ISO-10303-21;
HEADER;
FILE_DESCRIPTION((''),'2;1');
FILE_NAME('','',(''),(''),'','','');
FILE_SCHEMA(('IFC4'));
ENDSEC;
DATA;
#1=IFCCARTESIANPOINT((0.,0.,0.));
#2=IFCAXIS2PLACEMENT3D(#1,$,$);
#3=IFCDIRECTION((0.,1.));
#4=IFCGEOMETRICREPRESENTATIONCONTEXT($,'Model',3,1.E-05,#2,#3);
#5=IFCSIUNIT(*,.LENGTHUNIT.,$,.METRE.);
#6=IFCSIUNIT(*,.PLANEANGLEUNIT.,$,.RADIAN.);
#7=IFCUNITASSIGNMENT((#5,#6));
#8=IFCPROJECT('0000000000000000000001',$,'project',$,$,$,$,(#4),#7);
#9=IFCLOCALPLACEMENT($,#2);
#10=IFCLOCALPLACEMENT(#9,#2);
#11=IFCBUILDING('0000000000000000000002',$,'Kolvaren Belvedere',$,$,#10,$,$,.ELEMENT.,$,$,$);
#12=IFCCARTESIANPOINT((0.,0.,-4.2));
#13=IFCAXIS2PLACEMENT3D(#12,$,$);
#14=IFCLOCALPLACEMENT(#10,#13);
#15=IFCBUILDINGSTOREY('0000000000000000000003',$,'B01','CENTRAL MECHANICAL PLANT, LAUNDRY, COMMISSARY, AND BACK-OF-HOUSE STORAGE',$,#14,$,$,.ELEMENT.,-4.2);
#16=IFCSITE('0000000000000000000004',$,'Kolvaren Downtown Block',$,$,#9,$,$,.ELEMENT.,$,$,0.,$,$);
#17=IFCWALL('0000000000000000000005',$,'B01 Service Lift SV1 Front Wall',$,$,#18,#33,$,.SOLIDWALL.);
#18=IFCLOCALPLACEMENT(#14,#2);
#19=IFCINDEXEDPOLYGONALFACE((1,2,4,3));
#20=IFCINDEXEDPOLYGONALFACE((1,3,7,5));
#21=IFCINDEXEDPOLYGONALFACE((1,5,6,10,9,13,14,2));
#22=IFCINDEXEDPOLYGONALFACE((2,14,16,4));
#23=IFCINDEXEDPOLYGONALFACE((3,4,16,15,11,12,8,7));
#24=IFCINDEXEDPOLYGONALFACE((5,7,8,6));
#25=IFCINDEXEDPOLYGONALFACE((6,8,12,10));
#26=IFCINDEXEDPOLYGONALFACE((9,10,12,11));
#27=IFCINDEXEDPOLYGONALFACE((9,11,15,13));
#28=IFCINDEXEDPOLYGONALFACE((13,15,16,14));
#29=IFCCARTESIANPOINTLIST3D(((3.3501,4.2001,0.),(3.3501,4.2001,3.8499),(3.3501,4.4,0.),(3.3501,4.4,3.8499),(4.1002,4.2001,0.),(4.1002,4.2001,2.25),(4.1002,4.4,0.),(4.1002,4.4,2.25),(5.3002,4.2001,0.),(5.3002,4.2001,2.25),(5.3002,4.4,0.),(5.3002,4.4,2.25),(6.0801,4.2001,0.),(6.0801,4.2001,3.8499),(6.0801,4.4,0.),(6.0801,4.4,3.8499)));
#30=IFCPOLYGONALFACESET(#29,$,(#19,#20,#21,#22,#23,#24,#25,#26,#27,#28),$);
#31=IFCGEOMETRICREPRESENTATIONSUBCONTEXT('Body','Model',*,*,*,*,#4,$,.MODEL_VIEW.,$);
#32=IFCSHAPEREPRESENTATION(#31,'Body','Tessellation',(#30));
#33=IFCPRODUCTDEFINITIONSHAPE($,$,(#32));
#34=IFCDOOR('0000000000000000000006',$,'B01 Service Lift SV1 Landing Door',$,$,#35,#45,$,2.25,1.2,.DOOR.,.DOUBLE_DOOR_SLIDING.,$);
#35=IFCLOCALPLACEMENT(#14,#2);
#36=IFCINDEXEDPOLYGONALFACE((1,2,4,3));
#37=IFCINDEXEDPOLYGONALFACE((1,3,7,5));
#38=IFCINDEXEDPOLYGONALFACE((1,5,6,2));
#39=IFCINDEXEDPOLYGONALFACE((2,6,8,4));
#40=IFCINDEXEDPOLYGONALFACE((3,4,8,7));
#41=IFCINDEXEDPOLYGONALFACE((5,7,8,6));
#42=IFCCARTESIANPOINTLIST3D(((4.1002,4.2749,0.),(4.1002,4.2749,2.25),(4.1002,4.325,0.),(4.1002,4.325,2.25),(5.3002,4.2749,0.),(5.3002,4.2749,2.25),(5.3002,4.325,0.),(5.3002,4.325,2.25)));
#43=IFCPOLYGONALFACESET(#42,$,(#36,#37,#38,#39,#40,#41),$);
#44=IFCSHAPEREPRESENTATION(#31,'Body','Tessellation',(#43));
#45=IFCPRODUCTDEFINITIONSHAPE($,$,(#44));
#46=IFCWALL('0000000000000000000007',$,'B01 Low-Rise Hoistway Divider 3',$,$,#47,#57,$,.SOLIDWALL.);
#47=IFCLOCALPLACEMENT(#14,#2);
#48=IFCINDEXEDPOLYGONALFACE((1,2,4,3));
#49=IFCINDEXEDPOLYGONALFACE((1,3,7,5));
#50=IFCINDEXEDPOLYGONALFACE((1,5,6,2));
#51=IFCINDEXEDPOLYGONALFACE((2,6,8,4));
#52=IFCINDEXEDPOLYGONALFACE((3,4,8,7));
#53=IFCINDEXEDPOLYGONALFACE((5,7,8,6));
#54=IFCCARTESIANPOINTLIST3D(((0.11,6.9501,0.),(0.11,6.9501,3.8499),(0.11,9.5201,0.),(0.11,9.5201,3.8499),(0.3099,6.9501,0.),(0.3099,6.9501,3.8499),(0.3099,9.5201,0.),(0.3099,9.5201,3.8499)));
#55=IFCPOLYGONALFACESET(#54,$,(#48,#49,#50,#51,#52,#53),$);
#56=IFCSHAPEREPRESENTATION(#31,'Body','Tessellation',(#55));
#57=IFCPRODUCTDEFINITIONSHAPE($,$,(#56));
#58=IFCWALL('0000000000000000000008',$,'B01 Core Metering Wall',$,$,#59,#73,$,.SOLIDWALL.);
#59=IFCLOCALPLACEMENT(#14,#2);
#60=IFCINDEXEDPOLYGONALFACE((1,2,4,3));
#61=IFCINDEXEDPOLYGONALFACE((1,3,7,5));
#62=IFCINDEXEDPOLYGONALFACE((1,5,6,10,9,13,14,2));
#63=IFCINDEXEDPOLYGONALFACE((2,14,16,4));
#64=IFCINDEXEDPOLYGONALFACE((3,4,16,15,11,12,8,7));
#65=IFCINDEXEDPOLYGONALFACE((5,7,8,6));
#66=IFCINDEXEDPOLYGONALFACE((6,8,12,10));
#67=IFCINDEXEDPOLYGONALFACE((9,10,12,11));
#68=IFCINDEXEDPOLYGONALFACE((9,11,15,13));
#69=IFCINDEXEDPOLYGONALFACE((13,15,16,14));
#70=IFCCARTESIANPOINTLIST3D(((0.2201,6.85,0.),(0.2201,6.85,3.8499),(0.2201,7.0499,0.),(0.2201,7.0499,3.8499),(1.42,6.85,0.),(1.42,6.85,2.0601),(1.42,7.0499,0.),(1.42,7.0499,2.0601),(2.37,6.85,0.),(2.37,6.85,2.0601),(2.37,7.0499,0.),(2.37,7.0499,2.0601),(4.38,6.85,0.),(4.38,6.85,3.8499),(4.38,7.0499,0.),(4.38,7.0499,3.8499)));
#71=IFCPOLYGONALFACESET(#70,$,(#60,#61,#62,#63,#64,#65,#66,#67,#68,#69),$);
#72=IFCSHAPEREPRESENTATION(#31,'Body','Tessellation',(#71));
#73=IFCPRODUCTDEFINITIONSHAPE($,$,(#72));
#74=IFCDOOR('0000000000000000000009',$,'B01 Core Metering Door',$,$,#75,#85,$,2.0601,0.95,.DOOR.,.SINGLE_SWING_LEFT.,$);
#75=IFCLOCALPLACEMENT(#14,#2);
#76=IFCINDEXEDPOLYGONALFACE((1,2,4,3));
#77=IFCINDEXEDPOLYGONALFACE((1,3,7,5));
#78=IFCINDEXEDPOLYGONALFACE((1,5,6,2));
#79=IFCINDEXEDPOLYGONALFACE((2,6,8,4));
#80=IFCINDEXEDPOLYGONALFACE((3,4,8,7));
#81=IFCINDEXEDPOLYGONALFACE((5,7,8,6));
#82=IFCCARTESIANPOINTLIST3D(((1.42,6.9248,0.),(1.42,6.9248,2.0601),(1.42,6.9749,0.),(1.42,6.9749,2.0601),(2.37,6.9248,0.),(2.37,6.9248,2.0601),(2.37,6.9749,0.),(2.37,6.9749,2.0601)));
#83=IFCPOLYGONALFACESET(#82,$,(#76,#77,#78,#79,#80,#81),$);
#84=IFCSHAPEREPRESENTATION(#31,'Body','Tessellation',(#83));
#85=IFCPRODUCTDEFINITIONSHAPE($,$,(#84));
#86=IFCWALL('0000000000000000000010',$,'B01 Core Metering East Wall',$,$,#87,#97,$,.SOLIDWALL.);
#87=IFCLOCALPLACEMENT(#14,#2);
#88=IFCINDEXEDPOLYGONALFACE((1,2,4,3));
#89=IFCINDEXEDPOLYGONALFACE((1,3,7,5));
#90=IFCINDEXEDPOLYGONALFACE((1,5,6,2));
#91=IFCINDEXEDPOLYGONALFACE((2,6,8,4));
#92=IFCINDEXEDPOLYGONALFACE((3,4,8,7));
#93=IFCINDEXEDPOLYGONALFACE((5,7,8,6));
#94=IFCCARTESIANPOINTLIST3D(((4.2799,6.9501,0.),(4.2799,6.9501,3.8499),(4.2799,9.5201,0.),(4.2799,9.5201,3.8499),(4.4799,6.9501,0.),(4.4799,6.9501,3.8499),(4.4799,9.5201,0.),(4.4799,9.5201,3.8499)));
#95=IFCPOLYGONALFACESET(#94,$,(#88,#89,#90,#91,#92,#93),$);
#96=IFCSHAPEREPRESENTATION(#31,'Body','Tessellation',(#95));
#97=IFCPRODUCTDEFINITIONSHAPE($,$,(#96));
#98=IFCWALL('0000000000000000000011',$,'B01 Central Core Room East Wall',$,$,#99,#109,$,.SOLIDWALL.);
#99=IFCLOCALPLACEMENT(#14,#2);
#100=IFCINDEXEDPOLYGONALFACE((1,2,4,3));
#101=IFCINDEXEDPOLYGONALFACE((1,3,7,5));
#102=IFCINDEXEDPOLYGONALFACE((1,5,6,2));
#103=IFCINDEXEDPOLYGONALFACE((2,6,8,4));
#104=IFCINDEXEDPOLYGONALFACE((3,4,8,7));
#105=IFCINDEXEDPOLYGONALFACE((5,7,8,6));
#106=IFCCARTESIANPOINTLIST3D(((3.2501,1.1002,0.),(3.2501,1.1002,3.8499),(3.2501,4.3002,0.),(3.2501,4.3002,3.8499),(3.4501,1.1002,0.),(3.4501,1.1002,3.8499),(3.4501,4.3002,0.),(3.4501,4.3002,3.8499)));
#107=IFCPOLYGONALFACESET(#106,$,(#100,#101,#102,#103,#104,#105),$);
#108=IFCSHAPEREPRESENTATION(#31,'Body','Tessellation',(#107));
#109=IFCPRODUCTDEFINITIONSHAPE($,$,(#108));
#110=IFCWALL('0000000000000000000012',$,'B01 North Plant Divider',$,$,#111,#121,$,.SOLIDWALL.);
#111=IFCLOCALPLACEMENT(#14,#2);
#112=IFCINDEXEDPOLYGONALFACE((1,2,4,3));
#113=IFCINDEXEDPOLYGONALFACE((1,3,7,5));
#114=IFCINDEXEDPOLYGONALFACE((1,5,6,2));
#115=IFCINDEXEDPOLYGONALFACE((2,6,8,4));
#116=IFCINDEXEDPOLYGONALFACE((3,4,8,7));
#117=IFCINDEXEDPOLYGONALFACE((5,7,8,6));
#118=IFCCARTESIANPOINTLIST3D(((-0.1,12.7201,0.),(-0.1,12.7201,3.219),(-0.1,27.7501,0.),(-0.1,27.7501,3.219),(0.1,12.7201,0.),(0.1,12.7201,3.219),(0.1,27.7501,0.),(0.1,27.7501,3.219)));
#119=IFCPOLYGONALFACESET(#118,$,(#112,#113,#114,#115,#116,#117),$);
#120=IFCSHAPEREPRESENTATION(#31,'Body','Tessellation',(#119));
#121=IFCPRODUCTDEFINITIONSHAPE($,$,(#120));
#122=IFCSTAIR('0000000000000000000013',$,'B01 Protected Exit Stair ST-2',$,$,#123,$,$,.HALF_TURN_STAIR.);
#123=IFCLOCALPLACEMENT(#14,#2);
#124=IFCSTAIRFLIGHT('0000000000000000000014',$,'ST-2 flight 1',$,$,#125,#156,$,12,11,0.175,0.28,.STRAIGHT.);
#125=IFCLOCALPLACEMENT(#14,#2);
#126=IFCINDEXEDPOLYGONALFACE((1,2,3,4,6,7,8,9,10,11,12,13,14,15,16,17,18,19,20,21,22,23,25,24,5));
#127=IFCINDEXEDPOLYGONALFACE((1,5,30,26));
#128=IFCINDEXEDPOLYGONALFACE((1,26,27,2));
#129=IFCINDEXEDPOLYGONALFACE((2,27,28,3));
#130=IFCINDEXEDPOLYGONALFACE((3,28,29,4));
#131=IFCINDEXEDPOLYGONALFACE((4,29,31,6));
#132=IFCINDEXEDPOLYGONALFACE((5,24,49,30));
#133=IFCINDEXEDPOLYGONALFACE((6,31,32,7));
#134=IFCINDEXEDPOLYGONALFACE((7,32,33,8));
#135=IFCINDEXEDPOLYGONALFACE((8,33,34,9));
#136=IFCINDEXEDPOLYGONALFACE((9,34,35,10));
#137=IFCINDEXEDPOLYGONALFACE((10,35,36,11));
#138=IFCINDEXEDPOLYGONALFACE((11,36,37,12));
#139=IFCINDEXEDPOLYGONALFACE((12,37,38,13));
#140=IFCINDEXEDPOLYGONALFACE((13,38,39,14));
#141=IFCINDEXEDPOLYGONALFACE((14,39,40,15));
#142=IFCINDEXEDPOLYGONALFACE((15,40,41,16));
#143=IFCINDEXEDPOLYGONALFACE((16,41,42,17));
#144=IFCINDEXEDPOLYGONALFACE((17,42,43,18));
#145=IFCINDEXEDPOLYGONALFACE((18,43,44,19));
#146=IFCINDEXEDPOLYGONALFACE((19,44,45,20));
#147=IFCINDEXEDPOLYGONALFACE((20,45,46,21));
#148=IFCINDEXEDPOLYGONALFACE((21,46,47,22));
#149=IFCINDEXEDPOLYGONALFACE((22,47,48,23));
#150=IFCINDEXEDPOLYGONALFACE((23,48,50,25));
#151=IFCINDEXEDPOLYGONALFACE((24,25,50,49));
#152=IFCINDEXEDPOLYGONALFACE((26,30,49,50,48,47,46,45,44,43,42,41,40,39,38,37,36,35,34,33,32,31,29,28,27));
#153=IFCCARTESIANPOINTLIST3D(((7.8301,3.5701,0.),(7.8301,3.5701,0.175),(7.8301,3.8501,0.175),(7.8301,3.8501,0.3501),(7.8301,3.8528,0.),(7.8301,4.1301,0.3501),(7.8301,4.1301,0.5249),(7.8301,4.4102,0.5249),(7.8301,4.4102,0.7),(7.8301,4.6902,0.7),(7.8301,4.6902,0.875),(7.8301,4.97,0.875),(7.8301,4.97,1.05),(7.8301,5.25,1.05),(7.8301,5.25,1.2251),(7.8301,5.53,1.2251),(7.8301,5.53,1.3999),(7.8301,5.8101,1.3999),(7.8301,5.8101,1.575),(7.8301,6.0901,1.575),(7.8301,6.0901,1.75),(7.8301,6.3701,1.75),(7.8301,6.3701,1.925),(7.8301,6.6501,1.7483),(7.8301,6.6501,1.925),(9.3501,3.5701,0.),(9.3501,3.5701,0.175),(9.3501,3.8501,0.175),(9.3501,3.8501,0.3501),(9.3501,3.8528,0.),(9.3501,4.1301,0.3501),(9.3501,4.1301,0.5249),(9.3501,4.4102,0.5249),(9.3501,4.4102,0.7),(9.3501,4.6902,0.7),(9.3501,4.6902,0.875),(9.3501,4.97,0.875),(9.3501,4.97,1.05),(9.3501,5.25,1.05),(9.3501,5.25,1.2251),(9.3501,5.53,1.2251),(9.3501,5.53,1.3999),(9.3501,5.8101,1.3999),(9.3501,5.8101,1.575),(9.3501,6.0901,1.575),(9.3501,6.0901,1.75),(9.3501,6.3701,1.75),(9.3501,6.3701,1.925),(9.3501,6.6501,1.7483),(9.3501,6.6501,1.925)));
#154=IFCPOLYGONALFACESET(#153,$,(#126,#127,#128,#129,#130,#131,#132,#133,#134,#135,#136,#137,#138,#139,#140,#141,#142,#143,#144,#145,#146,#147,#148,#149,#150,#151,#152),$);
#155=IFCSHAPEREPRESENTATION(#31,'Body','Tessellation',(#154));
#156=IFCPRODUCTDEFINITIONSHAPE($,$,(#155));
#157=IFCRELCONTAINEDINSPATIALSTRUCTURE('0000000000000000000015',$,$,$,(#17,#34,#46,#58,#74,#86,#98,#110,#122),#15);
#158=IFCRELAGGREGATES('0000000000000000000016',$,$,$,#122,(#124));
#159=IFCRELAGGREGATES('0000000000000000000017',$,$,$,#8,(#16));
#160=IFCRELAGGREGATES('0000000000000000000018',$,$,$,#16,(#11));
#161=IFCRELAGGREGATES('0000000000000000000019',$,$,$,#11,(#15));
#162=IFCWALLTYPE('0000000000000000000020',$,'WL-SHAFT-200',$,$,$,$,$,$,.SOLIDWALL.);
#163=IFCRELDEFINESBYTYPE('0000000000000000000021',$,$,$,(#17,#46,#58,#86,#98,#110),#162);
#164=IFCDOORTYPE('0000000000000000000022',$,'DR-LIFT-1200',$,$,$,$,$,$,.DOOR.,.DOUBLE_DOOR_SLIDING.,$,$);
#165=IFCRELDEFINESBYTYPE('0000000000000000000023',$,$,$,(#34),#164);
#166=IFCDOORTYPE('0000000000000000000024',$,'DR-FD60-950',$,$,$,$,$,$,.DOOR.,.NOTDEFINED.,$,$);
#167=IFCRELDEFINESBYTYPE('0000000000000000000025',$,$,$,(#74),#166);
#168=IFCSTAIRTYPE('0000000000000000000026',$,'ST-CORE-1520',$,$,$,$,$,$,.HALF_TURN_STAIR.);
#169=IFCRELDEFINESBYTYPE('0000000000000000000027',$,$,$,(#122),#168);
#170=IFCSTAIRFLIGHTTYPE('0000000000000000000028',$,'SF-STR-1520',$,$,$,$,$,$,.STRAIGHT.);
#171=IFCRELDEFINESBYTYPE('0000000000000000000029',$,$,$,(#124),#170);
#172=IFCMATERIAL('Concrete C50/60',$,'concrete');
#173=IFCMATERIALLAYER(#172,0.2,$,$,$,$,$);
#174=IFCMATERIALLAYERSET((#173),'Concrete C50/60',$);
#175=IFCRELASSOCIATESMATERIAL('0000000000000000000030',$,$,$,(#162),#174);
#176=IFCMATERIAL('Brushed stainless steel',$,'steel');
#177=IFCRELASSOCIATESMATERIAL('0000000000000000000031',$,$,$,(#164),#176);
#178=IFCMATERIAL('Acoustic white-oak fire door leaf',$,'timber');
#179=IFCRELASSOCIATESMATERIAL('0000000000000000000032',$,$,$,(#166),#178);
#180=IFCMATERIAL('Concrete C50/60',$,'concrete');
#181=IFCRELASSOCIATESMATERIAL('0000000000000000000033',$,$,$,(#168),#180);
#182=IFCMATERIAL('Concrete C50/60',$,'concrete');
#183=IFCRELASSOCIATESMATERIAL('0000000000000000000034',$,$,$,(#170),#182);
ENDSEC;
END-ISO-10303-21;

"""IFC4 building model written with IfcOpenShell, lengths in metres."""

from ifc_helpers import new_model, si_unit, direction, frame, frame_2d, origin, place, context, subcontext, project, spatial, polyline, rectangle, outline, extrude, material, layer, layer_set, type_object, element, fill, aggregate, save


model = new_model("IFC4")

# Units and contexts
model_context = context("Model", 3, precision=1e-05, world=origin(), true_north=direction((0.0, 1.0)))
body_context = subcontext(model_context, "Body", "Model", "MODEL_VIEW")
ifc_project = project(units=[si_unit("LENGTHUNIT", "METRE"), si_unit("PLANEANGLEUNIT", "RADIAN")], contexts=[model_context])

# Site, building, storey
site_placement = place(None, origin())
site = spatial("IfcSite", under=ifc_project, at=site_placement, Name="Kolvaren Downtown Block", CompositionType="ELEMENT", RefElevation=0.0)
building_placement = place(site_placement, origin())
building = spatial("IfcBuilding", under=site, at=building_placement, Name="Kolvaren Belvedere", CompositionType="ELEMENT")
storey_placement = place(building_placement, frame((0.0, 0.0, -4.2)))
storey = spatial("IfcBuildingStorey", under=building, at=storey_placement, Name="B01", Description="CENTRAL MECHANICAL PLANT, LAUNDRY, COMMISSARY, AND BACK-OF-HOUSE STORAGE", CompositionType="ELEMENT", Elevation=-4.2)

# Shared definitions
ifc_material_1 = material(Name="Concrete C50/60", Category="concrete")
ifc_layer_1 = layer(ifc_material_1, 0.2)
ifc_layer_set_1 = layer_set([ifc_layer_1], Name="Concrete C50/60")
wall_type_1 = type_object("IfcWallType", Name="WL-SHAFT-200", PredefinedType="SOLIDWALL", material=ifc_layer_set_1)

# Wall, opening, door
wall_1_placement = place(storey_placement, frame((3.3501, 4.3, 0.0), z_axis=(0.0, 0.0, 1.0), x_axis=(1.0, 0.0, 0.0)))
wall_1 = element("IfcWall", 1, at=wall_1_placement, inside=storey, type_object=wall_type_1, Name="B01 Service Lift SV1 Front Wall", PredefinedType="SOLIDWALL", context=body_context, shape_type="SweptSolid", body=[
    extrude(rectangle(XDim=2.73, YDim=0.2, at=frame_2d((1.365, 0.0))), origin(), (0.0, 0.0, 1.0), 3.8499),
])
opening_1_placement = place(wall_1_placement, frame((0.75, 0.0, 0.0)))
opening_1 = element("IfcOpeningElement", 2, at=opening_1_placement, cuts=wall_1, PredefinedType="OPENING", context=body_context, shape_type="SweptSolid", body=[
    extrude(rectangle(XDim=1.2, YDim=2.25, at=frame_2d((0.6001, 1.125))), frame((0.0, 0.1099, 0.0), z_axis=(0.0, -1.0, 0.0), x_axis=(1.0, 0.0, 0.0)), (0.0, 0.0, 1.0), 0.22),
])
ifc_material_2 = material(Name="Brushed stainless steel", Category="steel")
door_type_1 = type_object("IfcDoorType", Name="DR-LIFT-1200", OperationType="DOUBLE_DOOR_SLIDING", PredefinedType="DOOR", material=ifc_material_2)
door_1_placement = place(opening_1_placement, origin())
door_1 = element("IfcDoor", 3, at=door_1_placement, inside=storey, type_object=door_type_1, Name="B01 Service Lift SV1 Landing Door", OperationType="DOUBLE_DOOR_SLIDING", OverallHeight=2.25, OverallWidth=1.2, PredefinedType="DOOR", context=body_context, shape_type="SweptSolid", body=[
    extrude(rectangle(XDim=1.2, YDim=2.25, at=frame_2d((0.6001, 1.125))), frame((0.0, 0.0249, 0.0), z_axis=(0.0, -1.0, 0.0), x_axis=(1.0, 0.0, 0.0)), (0.0, 0.0, 1.0), 0.05),
])
fill(opening_1, door_1)

# Wall
wall_2_placement = place(storey_placement, frame((0.21, 6.95, 0.0), z_axis=(0.0, 0.0, 1.0), x_axis=(0.0, 1.0, 0.0)))
element("IfcWall", 4, at=wall_2_placement, inside=storey, type_object=wall_type_1, Name="B01 Low-Rise Hoistway Divider 3", PredefinedType="SOLIDWALL", context=body_context, shape_type="SweptSolid", body=[
    extrude(rectangle(XDim=2.5701, YDim=0.2, at=frame_2d((1.2852, 0.0))), origin(), (0.0, 0.0, 1.0), 3.8499),
])

# Wall, opening, door
wall_3_placement = place(storey_placement, frame((0.22, 6.95, 0.0), z_axis=(0.0, 0.0, 1.0), x_axis=(1.0, 0.0, 0.0)))
wall_3 = element("IfcWall", 5, at=wall_3_placement, inside=storey, type_object=wall_type_1, Name="B01 Core Metering Wall", PredefinedType="SOLIDWALL", context=body_context, shape_type="SweptSolid", body=[
    extrude(rectangle(XDim=4.1599, YDim=0.2, at=frame_2d((2.0801, 0.0))), origin(), (0.0, 0.0, 1.0), 3.8499),
])
opening_2_placement = place(wall_3_placement, frame((1.2, 0.0, 0.0)))
opening_2 = element("IfcOpeningElement", 6, at=opening_2_placement, cuts=wall_3, PredefinedType="OPENING", context=body_context, shape_type="SweptSolid", body=[
    extrude(rectangle(XDim=0.95, YDim=2.0601, at=frame_2d((0.4751, 1.03))), frame((0.0, 0.1099, 0.0), z_axis=(0.0, -1.0, 0.0), x_axis=(1.0, 0.0, 0.0)), (0.0, 0.0, 1.0), 0.22),
])
ifc_material_3 = material(Name="Acoustic white-oak fire door leaf", Category="timber")
door_type_2 = type_object("IfcDoorType", Name="DR-FD60-950", OperationType="NOTDEFINED", PredefinedType="DOOR", material=ifc_material_3)
door_2_placement = place(opening_2_placement, origin())
door_2 = element("IfcDoor", 7, at=door_2_placement, inside=storey, type_object=door_type_2, Name="B01 Core Metering Door", OperationType="SINGLE_SWING_LEFT", OverallHeight=2.0601, OverallWidth=0.95, PredefinedType="DOOR", context=body_context, shape_type="SweptSolid", body=[
    extrude(rectangle(XDim=0.95, YDim=2.0601, at=frame_2d((0.4751, 1.03))), frame((0.0, 0.0249, 0.0), z_axis=(0.0, -1.0, 0.0), x_axis=(1.0, 0.0, 0.0)), (0.0, 0.0, 1.0), 0.05),
])
fill(opening_2, door_2)

# Walls
wall_4_placement = place(storey_placement, frame((4.3799, 6.95, 0.0), z_axis=(0.0, 0.0, 1.0), x_axis=(0.0, 1.0, 0.0)))
element("IfcWall", 8, at=wall_4_placement, inside=storey, type_object=wall_type_1, Name="B01 Core Metering East Wall", PredefinedType="SOLIDWALL", context=body_context, shape_type="SweptSolid", body=[
    extrude(rectangle(XDim=2.5701, YDim=0.2, at=frame_2d((1.2852, 0.0))), origin(), (0.0, 0.0, 1.0), 3.8499),
])
wall_5_placement = place(storey_placement, frame((3.3501, 1.1001, 0.0), z_axis=(0.0, 0.0, 1.0), x_axis=(0.0, 1.0, 0.0)))
element("IfcWall", 9, at=wall_5_placement, inside=storey, type_object=wall_type_1, Name="B01 Central Core Room East Wall", PredefinedType="SOLIDWALL", context=body_context, shape_type="SweptSolid", body=[
    extrude(rectangle(XDim=3.2, YDim=0.2, at=frame_2d((1.6001, 0.0))), origin(), (0.0, 0.0, 1.0), 3.8499),
])
wall_6_placement = place(storey_placement, frame((0.0, 12.72, 0.0), z_axis=(0.0, 0.0, 1.0), x_axis=(0.0, 1.0, 0.0)))
element("IfcWall", 10, at=wall_6_placement, inside=storey, type_object=wall_type_1, Name="B01 North Plant Divider", PredefinedType="SOLIDWALL", context=body_context, shape_type="SweptSolid", body=[
    extrude(rectangle(XDim=15.03, YDim=0.2, at=frame_2d((7.5151, 0.0))), origin(), (0.0, 0.0, 1.0), 3.219),
])

# Stair, stair flight
ifc_material_4 = material(Name="Concrete C50/60", Category="concrete")
stair_type = type_object("IfcStairType", Name="ST-CORE-1520", PredefinedType="HALF_TURN_STAIR", material=ifc_material_4)
stair_placement = place(storey_placement, origin())
stair = element("IfcStair", 11, at=stair_placement, inside=storey, type_object=stair_type, Name="B01 Protected Exit Stair ST-2", PredefinedType="HALF_TURN_STAIR")
ifc_material_5 = material(Name="Concrete C50/60", Category="concrete")
stair_flight_type = type_object("IfcStairFlightType", Name="SF-STR-1520", PredefinedType="STRAIGHT", material=ifc_material_5)
stair_flight_1_placement = place(storey_placement, frame((8.5901, 3.5701, 0.0), z_axis=(0.0, 0.0, 1.0), x_axis=(0.0, 1.0, 0.0)))
stair_flight_1 = element("IfcStairFlight", 12, at=stair_flight_1_placement, type_object=stair_flight_type, Name="ST-2 flight 1", NumberOfRisers=12, NumberOfTreads=11, PredefinedType="STRAIGHT", RiserHeight=0.175, TreadLength=0.28, context=body_context, shape_type="SweptSolid", body=[
    extrude(outline(polyline([(0.0, 0.0), (0.0, 0.175), (0.28, 0.175), (0.28, 0.3501), (0.5601, 0.3501), (0.5601, 0.5249), (0.8401, 0.5249), (0.8401, 0.7), (1.1201, 0.7), (1.1201, 0.875), (1.3999, 0.875), (1.3999, 1.05), (1.6799, 1.05), (1.6799, 1.2251), (1.96, 1.2251), (1.96, 1.3999), (2.24, 1.3999), (2.24, 1.575), (2.52, 1.575), (2.52, 1.75), (2.8, 1.75), (2.8, 1.925), (3.0801, 1.925), (3.0801, 2.1001), (3.0801, 1.7483), (0.2827, 0.0), (0.0, 0.0)])), frame((0.0, 0.76, 0.0), z_axis=(0.0, -1.0, 0.0), x_axis=(1.0, 0.0, 0.0)), (0.0, 0.0, 1.0), 1.52),
])
aggregate(stair, [stair_flight_1])

save(model, "model.ifc")
